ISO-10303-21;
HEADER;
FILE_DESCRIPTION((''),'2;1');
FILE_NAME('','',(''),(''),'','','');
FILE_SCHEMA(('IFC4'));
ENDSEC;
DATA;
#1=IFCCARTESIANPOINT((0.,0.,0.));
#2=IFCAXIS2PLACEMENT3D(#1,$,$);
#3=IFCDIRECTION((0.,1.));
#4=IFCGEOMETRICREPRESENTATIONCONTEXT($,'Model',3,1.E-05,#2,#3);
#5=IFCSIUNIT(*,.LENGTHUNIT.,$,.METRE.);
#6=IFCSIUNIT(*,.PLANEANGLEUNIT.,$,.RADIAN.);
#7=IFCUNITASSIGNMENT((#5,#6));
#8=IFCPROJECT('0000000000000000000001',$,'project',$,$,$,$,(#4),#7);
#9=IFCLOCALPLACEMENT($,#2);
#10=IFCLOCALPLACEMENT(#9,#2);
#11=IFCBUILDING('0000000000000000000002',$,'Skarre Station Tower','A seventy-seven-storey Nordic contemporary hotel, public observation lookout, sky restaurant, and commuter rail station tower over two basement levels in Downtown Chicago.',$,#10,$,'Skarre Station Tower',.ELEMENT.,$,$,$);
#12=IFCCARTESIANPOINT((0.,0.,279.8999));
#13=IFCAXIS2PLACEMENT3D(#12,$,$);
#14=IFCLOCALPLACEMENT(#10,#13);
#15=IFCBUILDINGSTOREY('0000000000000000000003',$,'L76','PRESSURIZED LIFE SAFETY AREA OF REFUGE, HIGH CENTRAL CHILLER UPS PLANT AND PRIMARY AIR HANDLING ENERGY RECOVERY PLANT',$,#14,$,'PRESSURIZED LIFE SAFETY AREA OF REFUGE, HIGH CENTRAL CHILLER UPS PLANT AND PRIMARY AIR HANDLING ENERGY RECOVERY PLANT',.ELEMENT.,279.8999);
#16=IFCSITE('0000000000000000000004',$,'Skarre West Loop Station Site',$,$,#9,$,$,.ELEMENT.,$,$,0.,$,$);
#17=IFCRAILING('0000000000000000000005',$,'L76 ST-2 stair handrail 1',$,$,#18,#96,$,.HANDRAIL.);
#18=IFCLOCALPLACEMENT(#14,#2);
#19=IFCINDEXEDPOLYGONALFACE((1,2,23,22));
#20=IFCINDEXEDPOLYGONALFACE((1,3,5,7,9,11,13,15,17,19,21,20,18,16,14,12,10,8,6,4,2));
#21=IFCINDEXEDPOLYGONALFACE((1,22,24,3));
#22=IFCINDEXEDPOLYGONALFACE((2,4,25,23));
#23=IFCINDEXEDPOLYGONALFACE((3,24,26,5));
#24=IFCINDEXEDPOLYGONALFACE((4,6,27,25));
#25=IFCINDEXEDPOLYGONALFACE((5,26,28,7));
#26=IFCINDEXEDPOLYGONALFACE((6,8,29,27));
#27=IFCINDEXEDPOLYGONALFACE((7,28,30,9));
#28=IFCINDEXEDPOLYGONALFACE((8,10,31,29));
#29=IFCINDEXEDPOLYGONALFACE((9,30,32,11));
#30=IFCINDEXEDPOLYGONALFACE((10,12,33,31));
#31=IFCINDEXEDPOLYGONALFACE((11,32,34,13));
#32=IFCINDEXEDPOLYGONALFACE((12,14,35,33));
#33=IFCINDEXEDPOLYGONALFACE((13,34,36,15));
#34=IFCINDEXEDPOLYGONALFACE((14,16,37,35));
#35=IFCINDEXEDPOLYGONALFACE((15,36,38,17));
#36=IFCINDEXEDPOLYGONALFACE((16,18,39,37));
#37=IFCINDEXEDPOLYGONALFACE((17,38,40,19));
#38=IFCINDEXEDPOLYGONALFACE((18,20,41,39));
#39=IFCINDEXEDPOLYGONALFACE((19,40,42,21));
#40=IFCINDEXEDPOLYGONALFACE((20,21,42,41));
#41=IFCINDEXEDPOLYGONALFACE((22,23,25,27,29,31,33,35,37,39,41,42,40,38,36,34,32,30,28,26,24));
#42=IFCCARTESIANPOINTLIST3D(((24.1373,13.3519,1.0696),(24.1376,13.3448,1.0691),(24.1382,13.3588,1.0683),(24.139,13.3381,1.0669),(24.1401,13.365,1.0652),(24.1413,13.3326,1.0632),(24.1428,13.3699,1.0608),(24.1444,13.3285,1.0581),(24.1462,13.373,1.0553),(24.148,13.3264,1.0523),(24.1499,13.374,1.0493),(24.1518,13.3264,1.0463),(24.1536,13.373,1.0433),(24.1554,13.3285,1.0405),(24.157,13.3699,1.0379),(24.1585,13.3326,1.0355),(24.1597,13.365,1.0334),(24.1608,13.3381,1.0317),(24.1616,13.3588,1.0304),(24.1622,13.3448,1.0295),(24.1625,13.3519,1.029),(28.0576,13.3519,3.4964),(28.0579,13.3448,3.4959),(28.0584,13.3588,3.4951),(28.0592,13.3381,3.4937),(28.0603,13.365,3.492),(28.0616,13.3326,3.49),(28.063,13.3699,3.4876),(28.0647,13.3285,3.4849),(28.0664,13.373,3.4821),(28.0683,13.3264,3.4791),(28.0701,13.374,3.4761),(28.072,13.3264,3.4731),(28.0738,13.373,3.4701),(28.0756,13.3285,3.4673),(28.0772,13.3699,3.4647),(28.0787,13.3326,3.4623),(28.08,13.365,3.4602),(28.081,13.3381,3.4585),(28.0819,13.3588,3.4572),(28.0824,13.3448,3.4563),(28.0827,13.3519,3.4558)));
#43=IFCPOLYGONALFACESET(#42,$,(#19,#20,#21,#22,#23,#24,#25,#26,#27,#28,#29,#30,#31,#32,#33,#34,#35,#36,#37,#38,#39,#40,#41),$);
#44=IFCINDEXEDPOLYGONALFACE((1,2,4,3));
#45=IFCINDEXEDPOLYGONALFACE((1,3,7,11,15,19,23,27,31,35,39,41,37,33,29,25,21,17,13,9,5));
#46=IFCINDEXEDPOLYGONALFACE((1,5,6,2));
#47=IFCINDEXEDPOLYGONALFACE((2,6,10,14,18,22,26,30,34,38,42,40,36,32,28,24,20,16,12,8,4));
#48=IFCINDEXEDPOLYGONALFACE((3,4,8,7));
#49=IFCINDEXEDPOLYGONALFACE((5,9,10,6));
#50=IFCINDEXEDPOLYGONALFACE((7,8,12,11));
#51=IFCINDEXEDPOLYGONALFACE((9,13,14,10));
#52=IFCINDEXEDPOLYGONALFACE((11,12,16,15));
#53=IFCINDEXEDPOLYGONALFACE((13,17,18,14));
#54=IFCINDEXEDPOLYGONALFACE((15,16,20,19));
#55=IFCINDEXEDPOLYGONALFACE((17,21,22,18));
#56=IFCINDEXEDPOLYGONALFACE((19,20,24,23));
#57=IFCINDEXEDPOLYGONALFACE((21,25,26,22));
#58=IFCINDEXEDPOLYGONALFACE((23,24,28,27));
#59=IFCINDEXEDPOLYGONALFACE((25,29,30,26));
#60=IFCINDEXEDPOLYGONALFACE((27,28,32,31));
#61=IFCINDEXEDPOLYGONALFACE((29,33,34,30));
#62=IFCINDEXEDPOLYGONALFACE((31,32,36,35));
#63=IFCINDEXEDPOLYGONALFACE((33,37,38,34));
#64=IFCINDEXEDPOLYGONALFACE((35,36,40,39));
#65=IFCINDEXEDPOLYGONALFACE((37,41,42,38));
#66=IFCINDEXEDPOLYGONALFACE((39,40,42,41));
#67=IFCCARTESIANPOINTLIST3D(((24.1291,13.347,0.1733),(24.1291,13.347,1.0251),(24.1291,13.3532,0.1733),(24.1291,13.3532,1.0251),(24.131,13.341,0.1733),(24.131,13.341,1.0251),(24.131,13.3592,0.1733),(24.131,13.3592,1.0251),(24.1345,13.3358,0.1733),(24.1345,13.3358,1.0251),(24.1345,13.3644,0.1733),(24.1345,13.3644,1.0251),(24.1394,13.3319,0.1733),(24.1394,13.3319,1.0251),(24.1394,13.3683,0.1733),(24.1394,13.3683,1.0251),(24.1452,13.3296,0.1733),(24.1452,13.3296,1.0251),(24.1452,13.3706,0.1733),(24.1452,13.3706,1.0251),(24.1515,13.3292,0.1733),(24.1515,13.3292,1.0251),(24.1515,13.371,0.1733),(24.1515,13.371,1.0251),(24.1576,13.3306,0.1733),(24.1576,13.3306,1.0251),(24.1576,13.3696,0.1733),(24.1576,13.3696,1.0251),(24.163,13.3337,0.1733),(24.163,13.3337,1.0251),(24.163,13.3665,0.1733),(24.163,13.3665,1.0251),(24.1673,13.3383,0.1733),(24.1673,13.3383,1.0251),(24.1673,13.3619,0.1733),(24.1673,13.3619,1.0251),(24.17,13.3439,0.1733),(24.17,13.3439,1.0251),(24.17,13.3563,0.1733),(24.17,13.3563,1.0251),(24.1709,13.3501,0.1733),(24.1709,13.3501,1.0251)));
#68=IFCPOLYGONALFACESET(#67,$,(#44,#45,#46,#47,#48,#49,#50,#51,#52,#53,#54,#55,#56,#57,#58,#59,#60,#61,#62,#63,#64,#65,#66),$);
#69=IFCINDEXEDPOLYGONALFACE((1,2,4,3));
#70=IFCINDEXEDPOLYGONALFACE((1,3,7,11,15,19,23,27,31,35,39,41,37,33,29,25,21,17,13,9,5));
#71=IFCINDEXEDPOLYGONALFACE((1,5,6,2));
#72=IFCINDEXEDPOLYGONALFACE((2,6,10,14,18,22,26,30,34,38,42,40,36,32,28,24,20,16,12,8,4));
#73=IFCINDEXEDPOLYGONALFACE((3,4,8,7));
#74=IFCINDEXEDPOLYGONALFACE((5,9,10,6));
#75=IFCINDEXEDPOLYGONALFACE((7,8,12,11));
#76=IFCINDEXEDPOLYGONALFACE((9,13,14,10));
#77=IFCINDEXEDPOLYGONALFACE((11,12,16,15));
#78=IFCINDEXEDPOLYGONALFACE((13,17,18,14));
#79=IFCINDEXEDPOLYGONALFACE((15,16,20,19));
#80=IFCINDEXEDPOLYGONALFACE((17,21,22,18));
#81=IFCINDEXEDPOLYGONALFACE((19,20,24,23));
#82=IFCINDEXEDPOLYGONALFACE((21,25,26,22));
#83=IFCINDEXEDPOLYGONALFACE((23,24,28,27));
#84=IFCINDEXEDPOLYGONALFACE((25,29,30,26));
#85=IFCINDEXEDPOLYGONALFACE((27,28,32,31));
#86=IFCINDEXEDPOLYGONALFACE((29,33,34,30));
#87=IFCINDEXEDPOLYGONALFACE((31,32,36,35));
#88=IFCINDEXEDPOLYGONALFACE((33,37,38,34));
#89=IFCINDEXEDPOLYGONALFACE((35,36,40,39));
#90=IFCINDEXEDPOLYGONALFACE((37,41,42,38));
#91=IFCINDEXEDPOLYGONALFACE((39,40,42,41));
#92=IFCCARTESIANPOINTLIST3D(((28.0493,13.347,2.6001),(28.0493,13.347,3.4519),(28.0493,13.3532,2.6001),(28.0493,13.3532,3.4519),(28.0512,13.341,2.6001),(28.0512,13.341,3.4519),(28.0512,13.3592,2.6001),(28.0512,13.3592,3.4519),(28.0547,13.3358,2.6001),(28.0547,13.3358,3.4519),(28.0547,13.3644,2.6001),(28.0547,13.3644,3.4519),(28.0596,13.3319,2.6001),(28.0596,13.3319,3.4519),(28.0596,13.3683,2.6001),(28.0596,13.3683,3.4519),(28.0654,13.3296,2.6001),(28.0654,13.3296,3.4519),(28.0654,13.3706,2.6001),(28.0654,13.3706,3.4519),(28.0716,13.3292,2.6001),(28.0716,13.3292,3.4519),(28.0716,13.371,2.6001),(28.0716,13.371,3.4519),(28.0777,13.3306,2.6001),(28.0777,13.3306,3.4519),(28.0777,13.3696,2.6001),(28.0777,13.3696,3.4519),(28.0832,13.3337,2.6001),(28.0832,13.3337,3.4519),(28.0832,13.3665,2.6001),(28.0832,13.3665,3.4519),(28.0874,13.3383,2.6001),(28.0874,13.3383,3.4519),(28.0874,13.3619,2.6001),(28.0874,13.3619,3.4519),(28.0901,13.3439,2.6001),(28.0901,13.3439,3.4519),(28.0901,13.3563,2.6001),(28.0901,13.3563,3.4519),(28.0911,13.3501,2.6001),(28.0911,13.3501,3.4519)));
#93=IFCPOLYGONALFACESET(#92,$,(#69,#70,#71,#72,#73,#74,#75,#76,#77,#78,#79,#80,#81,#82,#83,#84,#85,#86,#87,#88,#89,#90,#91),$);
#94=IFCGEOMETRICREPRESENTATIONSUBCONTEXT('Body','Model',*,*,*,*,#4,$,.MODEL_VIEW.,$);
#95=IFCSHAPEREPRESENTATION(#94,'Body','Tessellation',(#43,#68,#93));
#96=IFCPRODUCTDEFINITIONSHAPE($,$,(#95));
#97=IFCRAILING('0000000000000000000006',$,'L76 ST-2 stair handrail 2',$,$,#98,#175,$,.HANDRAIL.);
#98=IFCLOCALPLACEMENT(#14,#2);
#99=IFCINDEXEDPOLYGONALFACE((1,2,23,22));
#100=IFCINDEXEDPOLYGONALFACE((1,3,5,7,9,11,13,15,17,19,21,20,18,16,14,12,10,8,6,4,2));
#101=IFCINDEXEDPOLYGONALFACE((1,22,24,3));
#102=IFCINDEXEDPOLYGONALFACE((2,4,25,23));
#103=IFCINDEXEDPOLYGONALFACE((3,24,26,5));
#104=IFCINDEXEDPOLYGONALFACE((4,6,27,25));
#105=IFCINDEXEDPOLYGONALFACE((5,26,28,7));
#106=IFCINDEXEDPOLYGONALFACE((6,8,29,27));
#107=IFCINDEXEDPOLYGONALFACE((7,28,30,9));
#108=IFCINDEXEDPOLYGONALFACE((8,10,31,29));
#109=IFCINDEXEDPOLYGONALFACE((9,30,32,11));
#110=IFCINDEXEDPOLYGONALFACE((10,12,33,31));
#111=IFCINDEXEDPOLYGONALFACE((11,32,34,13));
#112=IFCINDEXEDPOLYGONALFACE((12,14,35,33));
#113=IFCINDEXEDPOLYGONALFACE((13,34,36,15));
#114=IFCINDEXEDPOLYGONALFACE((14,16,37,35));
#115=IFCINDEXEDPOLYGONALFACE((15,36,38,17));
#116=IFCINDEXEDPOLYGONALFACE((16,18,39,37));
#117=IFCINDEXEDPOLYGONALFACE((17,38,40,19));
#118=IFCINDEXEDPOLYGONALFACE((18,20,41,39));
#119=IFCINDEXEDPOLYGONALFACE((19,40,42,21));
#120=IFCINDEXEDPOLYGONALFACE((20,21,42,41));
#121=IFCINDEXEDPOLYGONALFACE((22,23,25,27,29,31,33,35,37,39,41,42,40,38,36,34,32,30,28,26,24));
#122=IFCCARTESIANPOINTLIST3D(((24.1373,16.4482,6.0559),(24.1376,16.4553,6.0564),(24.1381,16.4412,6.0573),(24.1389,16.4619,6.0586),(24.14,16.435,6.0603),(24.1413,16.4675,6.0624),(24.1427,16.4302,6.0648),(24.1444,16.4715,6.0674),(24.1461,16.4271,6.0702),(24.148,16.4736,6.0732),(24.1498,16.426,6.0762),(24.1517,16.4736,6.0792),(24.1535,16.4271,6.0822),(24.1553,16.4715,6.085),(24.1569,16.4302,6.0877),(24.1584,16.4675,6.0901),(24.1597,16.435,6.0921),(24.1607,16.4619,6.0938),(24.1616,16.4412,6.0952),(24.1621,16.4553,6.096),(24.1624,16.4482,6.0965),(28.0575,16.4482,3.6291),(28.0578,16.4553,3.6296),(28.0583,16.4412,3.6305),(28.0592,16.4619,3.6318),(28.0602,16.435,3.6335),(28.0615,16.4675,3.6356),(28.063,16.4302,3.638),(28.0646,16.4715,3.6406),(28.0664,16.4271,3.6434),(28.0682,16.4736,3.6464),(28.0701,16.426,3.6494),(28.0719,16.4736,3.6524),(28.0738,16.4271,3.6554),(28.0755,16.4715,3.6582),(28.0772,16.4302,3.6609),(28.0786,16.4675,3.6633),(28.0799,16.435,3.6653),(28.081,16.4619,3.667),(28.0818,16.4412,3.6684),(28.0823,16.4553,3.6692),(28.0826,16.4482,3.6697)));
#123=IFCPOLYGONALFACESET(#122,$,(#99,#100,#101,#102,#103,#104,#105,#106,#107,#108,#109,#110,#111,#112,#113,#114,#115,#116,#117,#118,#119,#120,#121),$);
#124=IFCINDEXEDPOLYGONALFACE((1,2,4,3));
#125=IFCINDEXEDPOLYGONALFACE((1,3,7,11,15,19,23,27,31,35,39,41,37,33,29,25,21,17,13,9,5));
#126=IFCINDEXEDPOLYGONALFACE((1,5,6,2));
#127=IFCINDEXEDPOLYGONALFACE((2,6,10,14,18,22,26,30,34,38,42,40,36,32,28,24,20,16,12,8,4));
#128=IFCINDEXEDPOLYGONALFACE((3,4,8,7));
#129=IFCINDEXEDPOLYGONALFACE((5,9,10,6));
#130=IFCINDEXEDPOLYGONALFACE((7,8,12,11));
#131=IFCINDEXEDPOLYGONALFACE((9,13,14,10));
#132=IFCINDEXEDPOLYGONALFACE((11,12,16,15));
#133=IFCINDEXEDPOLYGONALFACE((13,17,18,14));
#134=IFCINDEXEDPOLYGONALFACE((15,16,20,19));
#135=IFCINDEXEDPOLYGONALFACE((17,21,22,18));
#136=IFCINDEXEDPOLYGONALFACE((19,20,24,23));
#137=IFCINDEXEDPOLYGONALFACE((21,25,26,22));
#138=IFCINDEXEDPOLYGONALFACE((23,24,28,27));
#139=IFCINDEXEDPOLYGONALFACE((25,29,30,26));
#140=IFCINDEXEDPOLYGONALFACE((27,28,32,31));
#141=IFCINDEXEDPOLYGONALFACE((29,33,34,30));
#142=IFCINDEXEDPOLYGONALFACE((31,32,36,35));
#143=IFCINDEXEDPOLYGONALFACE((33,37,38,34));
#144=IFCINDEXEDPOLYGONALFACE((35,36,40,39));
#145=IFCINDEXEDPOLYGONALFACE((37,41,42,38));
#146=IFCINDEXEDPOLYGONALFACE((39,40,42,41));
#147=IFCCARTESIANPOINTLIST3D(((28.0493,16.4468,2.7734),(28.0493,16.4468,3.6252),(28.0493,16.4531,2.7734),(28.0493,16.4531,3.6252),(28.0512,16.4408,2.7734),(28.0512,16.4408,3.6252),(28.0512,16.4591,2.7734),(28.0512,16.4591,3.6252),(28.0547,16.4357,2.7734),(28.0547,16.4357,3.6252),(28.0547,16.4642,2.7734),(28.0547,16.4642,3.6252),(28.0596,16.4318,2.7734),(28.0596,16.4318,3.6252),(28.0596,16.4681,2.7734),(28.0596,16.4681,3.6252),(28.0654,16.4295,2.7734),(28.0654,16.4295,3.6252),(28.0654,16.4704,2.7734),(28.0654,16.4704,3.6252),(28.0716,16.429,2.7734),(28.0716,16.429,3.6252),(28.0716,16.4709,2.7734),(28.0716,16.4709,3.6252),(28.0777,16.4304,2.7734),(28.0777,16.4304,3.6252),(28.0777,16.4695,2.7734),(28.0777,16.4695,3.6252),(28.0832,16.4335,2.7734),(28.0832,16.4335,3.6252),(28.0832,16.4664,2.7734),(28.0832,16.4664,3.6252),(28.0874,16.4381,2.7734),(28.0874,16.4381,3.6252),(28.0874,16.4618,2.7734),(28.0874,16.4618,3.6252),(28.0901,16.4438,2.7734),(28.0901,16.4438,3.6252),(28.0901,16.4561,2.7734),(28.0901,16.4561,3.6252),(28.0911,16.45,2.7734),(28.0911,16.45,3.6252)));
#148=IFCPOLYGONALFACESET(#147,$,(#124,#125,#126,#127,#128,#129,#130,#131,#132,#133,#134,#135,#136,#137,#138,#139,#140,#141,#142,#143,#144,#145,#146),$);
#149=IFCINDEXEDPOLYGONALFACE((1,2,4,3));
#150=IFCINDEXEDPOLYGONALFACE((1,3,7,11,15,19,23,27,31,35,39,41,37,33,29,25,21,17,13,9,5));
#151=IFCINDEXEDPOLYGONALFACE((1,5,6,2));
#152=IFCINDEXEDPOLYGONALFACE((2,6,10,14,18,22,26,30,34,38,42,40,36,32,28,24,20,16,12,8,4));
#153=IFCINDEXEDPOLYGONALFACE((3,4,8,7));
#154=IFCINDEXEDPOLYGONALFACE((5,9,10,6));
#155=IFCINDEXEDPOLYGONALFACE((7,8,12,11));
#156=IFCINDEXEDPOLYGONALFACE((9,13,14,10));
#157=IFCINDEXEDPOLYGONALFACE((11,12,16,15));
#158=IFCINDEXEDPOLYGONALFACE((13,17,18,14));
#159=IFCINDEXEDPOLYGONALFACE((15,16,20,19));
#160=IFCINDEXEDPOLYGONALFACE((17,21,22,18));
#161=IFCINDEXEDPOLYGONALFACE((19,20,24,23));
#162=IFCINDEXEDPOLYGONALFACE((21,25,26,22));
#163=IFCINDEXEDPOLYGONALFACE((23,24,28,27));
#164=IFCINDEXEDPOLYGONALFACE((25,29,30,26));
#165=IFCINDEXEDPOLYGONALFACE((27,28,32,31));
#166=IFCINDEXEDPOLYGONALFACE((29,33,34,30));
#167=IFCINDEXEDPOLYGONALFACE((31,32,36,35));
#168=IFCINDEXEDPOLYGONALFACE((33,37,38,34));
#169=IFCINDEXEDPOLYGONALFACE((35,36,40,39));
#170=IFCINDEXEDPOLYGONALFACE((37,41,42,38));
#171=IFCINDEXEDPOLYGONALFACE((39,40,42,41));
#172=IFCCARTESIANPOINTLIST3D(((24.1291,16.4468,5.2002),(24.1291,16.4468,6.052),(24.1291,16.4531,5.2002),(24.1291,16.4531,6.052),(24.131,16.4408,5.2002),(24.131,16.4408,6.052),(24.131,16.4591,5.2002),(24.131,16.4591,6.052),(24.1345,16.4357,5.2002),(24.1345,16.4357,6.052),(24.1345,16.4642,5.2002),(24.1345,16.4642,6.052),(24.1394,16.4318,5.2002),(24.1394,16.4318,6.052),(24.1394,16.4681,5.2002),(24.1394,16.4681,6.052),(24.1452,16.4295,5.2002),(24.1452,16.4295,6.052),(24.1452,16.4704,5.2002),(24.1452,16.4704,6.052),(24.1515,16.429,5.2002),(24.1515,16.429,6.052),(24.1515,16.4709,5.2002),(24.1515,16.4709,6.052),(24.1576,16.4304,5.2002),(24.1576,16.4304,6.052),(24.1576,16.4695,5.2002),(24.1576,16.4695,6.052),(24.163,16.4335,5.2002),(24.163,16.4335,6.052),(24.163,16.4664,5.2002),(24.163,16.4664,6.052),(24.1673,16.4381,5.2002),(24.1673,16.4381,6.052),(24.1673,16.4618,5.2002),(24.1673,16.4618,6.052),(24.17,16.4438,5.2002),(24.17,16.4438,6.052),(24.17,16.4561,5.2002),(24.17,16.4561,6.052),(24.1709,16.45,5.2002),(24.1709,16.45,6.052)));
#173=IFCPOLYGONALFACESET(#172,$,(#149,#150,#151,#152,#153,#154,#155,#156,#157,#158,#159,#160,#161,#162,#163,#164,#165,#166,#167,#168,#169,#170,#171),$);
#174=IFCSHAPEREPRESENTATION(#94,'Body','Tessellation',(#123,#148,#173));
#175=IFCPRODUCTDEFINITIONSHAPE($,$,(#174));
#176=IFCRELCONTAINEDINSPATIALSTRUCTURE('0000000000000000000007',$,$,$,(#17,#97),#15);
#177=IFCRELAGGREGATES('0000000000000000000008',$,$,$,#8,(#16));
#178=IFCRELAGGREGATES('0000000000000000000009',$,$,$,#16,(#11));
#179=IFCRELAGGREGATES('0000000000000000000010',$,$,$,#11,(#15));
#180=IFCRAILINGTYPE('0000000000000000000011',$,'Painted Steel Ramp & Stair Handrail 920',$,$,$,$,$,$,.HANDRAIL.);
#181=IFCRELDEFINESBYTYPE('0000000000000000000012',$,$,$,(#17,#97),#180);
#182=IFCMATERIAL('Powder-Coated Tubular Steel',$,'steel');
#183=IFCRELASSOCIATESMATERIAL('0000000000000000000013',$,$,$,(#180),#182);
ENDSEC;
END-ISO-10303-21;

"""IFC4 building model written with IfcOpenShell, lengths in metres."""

from ifc_helpers import new_model, si_unit, direction, frame, origin, origin_2d, place, context, subcontext, project, spatial, circle, extrude, material, type_object, element, save


model = new_model("IFC4")

# Units and contexts
model_context = context("Model", 3, precision=1e-05, world=origin(), true_north=direction((0.0, 1.0)))
body_context = subcontext(model_context, "Body", "Model", "MODEL_VIEW")
ifc_project = project(units=[si_unit("LENGTHUNIT", "METRE"), si_unit("PLANEANGLEUNIT", "RADIAN")], contexts=[model_context])

# Site, building, storey
site_placement = place(None, origin())
site = spatial("IfcSite", under=ifc_project, at=site_placement, Name="Skarre West Loop Station Site", CompositionType="ELEMENT", RefElevation=0.0)
building_placement = place(site_placement, origin())
building = spatial("IfcBuilding", under=site, at=building_placement, Name="Skarre Station Tower", Description="A seventy-seven-storey Nordic contemporary hotel, public observation lookout, sky restaurant, and commuter rail station tower over two basement levels in Downtown Chicago.", LongName="Skarre Station Tower", CompositionType="ELEMENT")
storey_placement = place(building_placement, frame((0.0, 0.0, 279.8999)))
storey = spatial("IfcBuildingStorey", under=building, at=storey_placement, Name="L76", Description="PRESSURIZED LIFE SAFETY AREA OF REFUGE, HIGH CENTRAL CHILLER UPS PLANT AND PRIMARY AIR HANDLING ENERGY RECOVERY PLANT", LongName="PRESSURIZED LIFE SAFETY AREA OF REFUGE, HIGH CENTRAL CHILLER UPS PLANT AND PRIMARY AIR HANDLING ENERGY RECOVERY PLANT", CompositionType="ELEMENT", Elevation=279.8999)

# Railings
ifc_material_1 = material(Name="Powder-Coated Tubular Steel", Category="steel")
railing_type_1 = type_object("IfcRailingType", Name="Painted Steel Ramp & Stair Handrail 920", PredefinedType="HANDRAIL", material=ifc_material_1)
railing_1_placement = place(storey_placement, frame((24.1499, 13.3501, 0.1733)))
element("IfcRailing", 1, at=railing_1_placement, inside=storey, type_object=railing_type_1, Name="L76 ST-2 stair handrail 1", PredefinedType="HANDRAIL", context=body_context, shape_type="SweptSolid", body=[
    extrude(circle(Radius=0.0239, at=origin_2d()), frame((0.0, 0.0, 0.876), z_axis=(0.850266, 0.0, 0.526353), x_axis=(0.0, 1.0, 0.0)), (0.0, 0.0, 1.0), 4.6106),
    extrude(circle(Radius=0.021, at=origin_2d()), origin(), (0.0, 0.0, 1.0), 0.8518),
    extrude(circle(Radius=0.021, at=origin_2d()), frame((3.9202, 0.0, 2.4268)), (0.0, 0.0, 1.0), 0.8518),
])
railing_2_placement = place(storey_placement, frame((28.0701, 16.45, 2.7734)))
element("IfcRailing", 2, at=railing_2_placement, inside=storey, type_object=railing_type_1, Name="L76 ST-2 stair handrail 2", PredefinedType="HANDRAIL", context=body_context, shape_type="SweptSolid", body=[
    extrude(circle(Radius=0.0239, at=origin_2d()), frame((0.0, 0.0, 0.876), z_axis=(-0.850266, 0.0, 0.526353), x_axis=(0.0, -1.0, 0.0)), (0.0, 0.0, 1.0), 4.6106),
    extrude(circle(Radius=0.021, at=origin_2d()), origin(), (0.0, 0.0, 1.0), 0.8518),
    extrude(circle(Radius=0.021, at=origin_2d()), frame((-3.9202, 0.0, 2.4268)), (0.0, 0.0, 1.0), 0.8518),
])

save(model, "model.ifc")
